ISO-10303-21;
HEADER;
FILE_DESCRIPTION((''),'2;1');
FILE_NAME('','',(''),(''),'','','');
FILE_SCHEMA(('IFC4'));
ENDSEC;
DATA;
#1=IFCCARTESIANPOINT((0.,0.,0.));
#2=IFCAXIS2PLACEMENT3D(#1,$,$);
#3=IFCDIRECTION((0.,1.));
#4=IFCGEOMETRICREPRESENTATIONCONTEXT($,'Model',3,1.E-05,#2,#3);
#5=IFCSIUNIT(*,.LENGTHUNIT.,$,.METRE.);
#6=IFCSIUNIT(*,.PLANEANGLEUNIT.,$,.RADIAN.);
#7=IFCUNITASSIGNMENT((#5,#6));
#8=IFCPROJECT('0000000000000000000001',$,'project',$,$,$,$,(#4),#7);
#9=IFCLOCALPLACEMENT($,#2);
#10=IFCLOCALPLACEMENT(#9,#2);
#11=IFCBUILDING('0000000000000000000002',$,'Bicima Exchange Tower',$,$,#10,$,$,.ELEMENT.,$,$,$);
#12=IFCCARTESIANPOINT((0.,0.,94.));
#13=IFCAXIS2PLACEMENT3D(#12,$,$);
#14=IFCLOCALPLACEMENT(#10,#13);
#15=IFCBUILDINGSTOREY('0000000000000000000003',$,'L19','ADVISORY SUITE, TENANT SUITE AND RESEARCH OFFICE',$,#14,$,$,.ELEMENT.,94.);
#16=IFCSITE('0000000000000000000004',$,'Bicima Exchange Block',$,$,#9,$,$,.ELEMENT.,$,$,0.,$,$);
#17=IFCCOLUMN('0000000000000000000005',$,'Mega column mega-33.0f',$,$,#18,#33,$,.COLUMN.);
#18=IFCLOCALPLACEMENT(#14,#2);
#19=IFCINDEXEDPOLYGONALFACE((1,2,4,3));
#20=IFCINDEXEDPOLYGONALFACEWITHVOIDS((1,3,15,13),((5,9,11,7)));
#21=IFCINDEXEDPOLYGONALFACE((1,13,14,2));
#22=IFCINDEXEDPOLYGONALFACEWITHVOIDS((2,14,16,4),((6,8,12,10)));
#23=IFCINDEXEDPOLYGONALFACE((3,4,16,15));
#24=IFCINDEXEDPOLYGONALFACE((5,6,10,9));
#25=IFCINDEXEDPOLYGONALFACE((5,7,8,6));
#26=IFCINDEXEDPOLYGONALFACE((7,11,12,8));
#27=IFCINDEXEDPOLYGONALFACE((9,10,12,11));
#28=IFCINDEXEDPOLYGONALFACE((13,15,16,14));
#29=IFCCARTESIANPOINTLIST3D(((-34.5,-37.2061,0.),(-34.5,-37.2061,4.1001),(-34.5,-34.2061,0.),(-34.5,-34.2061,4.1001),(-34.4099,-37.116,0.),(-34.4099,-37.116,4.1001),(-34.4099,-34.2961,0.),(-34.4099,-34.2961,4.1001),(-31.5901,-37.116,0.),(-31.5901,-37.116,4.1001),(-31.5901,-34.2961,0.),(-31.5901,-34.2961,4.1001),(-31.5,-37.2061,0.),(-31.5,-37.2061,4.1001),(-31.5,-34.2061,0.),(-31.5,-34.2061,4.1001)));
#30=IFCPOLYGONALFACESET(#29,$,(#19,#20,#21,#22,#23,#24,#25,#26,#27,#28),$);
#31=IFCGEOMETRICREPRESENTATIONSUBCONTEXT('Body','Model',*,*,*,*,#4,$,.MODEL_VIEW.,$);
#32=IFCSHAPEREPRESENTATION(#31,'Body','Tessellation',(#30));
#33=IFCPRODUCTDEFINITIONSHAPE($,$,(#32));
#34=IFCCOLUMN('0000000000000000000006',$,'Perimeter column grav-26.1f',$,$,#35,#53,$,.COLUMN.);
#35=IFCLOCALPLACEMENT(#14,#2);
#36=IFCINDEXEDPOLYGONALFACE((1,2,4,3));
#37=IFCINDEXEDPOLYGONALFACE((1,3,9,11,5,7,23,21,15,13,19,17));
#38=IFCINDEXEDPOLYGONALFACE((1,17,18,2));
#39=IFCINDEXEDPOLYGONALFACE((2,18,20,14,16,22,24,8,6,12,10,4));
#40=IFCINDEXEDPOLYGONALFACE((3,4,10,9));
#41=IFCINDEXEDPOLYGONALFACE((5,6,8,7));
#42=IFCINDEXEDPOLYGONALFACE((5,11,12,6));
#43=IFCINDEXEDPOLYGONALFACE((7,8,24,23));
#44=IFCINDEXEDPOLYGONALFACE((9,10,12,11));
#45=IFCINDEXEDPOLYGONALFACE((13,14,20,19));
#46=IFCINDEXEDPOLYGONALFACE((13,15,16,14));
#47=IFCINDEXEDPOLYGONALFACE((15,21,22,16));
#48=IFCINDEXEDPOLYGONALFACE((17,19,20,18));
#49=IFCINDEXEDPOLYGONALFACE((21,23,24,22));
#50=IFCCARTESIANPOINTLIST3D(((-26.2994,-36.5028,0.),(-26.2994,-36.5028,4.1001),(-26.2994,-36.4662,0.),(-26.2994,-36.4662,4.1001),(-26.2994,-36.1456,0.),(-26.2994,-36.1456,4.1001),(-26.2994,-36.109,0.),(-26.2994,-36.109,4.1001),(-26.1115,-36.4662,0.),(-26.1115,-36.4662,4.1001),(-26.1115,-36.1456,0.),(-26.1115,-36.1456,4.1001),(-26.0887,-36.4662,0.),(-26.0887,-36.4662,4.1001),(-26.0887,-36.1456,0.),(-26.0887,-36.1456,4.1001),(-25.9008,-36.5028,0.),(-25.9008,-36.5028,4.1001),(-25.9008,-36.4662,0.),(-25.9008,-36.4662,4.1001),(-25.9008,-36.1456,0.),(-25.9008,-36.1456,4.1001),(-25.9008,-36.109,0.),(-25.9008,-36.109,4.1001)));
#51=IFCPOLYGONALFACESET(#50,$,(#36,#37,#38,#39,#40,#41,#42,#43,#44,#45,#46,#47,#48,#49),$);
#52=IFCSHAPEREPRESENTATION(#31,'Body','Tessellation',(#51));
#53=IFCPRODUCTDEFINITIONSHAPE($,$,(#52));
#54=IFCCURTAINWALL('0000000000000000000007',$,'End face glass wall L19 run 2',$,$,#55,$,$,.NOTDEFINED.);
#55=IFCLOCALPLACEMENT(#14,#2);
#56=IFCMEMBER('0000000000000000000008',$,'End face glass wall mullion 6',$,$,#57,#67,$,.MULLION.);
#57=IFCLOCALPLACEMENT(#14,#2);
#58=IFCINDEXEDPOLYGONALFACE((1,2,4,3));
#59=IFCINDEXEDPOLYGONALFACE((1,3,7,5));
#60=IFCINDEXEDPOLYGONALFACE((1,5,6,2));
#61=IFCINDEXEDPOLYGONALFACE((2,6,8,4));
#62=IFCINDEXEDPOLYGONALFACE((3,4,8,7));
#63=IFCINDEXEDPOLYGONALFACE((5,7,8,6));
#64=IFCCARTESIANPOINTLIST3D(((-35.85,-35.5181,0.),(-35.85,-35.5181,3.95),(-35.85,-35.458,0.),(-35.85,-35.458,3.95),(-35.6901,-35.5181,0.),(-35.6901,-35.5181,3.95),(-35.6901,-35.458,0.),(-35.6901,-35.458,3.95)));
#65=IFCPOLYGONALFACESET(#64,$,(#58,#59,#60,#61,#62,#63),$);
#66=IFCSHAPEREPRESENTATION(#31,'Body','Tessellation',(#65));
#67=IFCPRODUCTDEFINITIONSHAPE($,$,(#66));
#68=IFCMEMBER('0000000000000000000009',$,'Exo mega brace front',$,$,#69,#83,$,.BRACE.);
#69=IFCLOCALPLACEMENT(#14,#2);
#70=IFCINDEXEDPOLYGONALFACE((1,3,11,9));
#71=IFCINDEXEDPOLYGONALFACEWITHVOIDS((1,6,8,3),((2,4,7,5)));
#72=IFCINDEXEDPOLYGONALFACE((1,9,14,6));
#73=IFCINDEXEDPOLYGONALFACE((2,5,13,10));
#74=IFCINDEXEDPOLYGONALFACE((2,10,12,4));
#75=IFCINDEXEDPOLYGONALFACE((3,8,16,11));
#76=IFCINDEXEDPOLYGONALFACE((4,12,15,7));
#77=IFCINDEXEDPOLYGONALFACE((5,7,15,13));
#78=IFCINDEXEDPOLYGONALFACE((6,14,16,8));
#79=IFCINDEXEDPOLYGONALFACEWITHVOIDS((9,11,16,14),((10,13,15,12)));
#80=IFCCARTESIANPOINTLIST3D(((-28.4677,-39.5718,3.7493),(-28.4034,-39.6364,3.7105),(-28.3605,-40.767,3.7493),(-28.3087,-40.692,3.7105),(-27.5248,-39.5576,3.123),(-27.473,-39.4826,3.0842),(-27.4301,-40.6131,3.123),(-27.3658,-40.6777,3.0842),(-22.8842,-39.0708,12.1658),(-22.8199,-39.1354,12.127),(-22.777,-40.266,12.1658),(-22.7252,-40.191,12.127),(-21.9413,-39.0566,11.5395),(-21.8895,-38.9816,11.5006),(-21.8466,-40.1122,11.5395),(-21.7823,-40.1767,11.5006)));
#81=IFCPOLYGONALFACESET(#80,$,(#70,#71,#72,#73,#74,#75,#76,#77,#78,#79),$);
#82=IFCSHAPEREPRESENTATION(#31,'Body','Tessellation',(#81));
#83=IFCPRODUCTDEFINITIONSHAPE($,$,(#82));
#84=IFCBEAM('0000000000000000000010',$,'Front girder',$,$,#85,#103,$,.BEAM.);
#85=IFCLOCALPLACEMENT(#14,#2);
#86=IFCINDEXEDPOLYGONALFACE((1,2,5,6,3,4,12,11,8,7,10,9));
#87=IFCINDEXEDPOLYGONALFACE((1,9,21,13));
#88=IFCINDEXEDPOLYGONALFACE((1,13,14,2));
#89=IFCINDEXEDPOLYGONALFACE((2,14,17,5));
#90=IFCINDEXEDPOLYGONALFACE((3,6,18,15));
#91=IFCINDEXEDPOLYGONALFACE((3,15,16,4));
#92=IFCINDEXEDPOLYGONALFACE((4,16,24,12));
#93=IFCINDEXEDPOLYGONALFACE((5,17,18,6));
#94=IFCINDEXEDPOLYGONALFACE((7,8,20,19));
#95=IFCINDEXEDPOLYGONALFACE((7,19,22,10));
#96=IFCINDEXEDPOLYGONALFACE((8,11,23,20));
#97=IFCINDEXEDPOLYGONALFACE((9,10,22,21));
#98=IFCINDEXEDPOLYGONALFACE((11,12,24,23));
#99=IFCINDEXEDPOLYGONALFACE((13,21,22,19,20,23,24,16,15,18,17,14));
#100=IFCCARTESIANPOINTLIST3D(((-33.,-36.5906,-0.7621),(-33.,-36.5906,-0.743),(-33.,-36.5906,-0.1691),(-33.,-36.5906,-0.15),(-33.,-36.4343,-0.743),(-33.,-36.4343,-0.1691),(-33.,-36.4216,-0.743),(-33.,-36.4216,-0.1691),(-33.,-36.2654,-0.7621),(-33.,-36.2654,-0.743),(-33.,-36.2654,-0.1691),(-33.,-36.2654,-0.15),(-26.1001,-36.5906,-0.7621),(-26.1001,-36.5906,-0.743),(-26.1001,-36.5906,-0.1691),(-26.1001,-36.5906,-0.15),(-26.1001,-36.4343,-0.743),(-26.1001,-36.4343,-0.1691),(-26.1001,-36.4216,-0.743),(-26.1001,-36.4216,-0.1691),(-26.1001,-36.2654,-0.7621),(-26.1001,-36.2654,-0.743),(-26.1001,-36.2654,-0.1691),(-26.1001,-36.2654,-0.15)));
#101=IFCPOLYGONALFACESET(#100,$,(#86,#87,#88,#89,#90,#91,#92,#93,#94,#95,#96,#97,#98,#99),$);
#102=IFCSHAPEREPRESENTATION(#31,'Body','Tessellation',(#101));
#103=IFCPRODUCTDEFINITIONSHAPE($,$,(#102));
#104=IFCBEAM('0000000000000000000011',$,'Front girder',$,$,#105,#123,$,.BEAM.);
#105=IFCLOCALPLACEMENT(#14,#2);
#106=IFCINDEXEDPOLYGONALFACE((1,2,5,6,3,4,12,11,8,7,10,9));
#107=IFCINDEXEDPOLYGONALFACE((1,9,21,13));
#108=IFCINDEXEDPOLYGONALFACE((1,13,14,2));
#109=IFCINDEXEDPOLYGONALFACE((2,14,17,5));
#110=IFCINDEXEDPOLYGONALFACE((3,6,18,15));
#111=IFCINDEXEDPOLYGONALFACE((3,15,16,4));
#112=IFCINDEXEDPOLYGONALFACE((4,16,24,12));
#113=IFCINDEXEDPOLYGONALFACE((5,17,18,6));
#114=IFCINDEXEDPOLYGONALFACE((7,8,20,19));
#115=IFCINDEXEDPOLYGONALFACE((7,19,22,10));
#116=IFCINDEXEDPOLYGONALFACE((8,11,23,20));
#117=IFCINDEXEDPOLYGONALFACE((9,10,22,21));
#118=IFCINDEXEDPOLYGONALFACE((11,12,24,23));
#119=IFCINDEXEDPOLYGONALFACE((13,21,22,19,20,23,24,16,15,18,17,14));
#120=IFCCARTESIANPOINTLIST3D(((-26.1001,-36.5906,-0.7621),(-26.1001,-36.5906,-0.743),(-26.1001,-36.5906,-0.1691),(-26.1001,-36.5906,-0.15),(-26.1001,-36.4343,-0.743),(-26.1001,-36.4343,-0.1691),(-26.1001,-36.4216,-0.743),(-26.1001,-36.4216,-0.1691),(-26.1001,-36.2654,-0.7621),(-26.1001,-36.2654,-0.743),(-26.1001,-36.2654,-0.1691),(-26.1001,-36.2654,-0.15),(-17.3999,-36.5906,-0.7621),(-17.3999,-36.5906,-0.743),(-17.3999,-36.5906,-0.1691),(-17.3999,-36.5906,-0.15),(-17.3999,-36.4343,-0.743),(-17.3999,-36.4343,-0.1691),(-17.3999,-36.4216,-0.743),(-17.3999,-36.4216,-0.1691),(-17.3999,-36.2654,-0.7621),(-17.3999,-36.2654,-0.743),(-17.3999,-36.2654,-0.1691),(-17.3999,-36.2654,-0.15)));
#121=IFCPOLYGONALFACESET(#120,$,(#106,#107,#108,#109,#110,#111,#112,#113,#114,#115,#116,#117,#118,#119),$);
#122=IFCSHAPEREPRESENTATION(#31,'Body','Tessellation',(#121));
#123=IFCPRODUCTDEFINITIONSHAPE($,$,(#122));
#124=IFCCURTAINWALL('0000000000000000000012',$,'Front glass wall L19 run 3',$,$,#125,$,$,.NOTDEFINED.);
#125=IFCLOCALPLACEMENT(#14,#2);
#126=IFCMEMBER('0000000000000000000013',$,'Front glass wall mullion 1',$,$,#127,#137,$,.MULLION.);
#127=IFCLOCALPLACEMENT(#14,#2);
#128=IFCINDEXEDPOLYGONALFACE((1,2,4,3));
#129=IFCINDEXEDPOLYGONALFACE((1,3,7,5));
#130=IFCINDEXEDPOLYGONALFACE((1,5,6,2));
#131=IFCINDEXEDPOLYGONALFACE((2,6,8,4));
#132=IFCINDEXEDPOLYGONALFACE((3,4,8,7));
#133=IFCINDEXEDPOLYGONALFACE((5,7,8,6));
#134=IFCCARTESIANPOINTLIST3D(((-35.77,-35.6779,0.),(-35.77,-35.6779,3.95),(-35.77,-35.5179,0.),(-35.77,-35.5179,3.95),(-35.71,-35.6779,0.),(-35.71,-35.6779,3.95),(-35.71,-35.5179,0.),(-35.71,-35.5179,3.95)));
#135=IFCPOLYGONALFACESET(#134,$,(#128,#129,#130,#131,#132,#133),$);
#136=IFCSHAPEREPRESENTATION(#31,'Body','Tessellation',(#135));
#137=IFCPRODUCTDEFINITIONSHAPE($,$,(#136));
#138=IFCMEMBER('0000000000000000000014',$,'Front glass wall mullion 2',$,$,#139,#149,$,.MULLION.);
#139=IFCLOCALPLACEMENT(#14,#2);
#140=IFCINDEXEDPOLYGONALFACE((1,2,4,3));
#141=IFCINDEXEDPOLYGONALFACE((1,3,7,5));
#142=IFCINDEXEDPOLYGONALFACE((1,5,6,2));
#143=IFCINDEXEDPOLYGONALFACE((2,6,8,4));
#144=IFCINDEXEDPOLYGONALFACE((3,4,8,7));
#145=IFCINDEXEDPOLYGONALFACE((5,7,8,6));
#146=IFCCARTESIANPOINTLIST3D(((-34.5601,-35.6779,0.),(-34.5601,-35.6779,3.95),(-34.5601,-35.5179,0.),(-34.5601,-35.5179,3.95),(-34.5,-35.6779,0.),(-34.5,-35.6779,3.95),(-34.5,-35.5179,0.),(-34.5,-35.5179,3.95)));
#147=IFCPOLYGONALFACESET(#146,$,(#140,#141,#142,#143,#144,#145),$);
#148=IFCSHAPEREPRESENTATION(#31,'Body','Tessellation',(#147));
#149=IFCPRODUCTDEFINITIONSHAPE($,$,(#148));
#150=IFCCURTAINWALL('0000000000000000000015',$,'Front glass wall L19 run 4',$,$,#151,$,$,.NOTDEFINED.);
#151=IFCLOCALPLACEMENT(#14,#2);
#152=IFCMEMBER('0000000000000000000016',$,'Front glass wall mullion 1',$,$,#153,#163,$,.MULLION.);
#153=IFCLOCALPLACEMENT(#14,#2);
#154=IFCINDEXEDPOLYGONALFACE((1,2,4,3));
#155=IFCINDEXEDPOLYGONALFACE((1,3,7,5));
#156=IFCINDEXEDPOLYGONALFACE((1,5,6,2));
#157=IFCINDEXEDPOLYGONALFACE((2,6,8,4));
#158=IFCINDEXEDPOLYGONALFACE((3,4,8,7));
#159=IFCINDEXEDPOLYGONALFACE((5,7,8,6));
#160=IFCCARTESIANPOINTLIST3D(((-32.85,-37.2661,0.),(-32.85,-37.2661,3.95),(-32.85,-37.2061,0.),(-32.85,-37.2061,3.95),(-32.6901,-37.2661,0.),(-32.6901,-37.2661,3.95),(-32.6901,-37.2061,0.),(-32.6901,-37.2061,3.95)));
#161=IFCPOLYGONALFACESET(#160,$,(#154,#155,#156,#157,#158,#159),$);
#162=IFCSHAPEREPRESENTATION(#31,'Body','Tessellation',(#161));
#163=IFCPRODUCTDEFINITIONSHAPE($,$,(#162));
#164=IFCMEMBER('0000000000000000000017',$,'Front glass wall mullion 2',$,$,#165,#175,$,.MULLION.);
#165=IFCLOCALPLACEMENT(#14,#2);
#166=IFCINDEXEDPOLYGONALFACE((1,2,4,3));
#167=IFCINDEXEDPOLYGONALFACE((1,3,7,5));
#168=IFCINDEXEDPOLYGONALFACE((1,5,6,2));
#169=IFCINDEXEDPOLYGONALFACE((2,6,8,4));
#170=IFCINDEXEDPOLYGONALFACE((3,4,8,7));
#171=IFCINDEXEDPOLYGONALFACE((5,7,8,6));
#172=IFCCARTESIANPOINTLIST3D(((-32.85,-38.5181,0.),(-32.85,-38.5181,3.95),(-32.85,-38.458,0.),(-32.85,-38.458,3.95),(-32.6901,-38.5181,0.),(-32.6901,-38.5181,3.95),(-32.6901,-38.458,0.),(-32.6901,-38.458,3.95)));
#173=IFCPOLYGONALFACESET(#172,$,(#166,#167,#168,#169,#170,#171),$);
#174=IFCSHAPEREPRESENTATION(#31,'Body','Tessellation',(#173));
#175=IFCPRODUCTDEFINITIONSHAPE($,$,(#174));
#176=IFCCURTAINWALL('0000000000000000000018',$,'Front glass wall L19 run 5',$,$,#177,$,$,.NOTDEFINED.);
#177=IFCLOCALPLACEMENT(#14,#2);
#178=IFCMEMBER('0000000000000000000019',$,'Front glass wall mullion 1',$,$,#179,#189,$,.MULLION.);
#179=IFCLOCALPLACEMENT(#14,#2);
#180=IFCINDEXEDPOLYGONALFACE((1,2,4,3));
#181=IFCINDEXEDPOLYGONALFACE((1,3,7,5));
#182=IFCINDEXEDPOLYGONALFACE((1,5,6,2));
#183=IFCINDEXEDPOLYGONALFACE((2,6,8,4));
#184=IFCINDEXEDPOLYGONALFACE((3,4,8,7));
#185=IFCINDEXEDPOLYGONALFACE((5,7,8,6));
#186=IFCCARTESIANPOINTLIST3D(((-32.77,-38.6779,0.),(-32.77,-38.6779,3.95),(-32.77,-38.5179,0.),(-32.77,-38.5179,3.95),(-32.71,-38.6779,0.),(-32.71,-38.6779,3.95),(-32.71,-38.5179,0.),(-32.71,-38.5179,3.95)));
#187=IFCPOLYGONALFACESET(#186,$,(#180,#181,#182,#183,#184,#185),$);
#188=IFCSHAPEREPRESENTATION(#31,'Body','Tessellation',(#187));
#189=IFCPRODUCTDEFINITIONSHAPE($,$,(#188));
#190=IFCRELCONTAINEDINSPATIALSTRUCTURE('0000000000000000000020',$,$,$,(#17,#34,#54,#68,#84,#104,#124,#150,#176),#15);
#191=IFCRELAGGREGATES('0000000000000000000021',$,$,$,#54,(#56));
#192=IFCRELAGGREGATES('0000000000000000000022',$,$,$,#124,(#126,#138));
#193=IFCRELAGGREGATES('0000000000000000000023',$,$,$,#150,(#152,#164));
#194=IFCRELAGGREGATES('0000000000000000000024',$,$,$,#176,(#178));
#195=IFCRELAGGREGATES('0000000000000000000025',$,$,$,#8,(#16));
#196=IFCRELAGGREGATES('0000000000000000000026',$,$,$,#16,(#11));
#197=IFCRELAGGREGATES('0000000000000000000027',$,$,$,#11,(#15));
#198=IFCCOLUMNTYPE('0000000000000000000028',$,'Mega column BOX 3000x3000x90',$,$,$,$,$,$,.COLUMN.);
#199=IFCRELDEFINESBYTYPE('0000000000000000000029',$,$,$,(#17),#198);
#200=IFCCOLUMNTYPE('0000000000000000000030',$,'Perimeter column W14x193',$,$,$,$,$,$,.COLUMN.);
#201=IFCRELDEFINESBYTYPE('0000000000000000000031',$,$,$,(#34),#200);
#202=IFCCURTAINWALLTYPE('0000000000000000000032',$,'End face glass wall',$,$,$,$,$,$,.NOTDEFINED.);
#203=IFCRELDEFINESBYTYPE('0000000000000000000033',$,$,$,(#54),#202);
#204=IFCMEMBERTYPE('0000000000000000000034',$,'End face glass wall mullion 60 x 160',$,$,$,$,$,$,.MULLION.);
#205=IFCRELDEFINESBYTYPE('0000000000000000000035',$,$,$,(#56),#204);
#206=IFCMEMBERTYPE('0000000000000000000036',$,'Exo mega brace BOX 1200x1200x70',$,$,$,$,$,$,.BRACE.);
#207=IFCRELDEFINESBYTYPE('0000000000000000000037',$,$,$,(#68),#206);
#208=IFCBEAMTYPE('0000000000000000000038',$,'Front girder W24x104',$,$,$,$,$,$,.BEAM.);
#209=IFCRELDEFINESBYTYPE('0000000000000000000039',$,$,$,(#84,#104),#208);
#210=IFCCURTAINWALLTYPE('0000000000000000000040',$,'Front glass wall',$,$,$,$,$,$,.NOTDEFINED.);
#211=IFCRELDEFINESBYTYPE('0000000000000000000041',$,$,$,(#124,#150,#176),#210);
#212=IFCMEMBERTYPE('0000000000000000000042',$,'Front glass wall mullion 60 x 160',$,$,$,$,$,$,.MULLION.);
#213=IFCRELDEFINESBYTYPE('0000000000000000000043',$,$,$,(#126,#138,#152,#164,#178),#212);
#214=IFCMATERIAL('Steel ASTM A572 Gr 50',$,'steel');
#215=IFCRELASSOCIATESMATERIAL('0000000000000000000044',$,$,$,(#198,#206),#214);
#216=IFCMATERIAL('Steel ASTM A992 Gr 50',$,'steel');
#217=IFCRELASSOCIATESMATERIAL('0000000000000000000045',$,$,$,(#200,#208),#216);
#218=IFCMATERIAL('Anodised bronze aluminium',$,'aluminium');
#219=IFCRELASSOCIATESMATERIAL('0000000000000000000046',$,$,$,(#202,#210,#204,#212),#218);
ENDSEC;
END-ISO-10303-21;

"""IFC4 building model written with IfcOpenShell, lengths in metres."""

from ifc_helpers import new_model, si_unit, direction, frame, origin, origin_2d, place, context, subcontext, project, spatial, rectangle, hollow_rectangle, i_section, extrude, material, material_profile, profile_set, type_object, element, aggregate, save


model = new_model("IFC4")

# Units and contexts
model_context = context("Model", 3, precision=1e-05, world=origin(), true_north=direction((0.0, 1.0)))
body_context = subcontext(model_context, "Body", "Model", "MODEL_VIEW")
ifc_project = project(units=[si_unit("LENGTHUNIT", "METRE"), si_unit("PLANEANGLEUNIT", "RADIAN")], contexts=[model_context])

# Site, building, storey
site_placement = place(None, origin())
site = spatial("IfcSite", under=ifc_project, at=site_placement, Name="Bicima Exchange Block", CompositionType="ELEMENT", RefElevation=0.0)
building_placement = place(site_placement, origin())
building = spatial("IfcBuilding", under=site, at=building_placement, Name="Bicima Exchange Tower", CompositionType="ELEMENT")
storey_placement = place(building_placement, frame((0.0, 0.0, 94.0)))
storey = spatial("IfcBuildingStorey", under=building, at=storey_placement, Name="L19", Description="ADVISORY SUITE, TENANT SUITE AND RESEARCH OFFICE", CompositionType="ELEMENT", Elevation=94.0)

# Columns
ifc_material_1 = material(Name="Steel ASTM A572 Gr 50", Category="steel")
ifc_material_profile_1 = material_profile(ifc_material_1, hollow_rectangle(XDim=3.0, YDim=3.0, WallThickness=0.0901, at=origin_2d()))
ifc_profile_set_1 = profile_set([ifc_material_profile_1], Name="Steel ASTM A572 Gr 50")
column_type_1 = type_object("IfcColumnType", Name="Mega column BOX 3000x3000x90", PredefinedType="COLUMN", material=ifc_profile_set_1)
column_1_placement = place(storey_placement, frame((-33.0, -35.7061, 0.0), z_axis=(0.0, 0.0, 1.0), x_axis=(1.0, 0.0, 0.0)))
element("IfcColumn", 1, at=column_1_placement, inside=storey, type_object=column_type_1, Name="Mega column mega-33.0f", PredefinedType="COLUMN", context=body_context, shape_type="SweptSolid", body=[
    extrude(hollow_rectangle(XDim=3.0, YDim=3.0, WallThickness=0.0901, at=origin_2d()), origin(), (0.0, 0.0, 1.0), 4.1001),
])
ifc_material_2 = material(Name="Steel ASTM A992 Gr 50", Category="steel")
ifc_material_profile_2 = material_profile(ifc_material_2, i_section(OverallWidth=0.3987, OverallDepth=0.3938, WebThickness=0.0227, FlangeThickness=0.0366, at=origin_2d()))
ifc_profile_set_2 = profile_set([ifc_material_profile_2], Name="Steel ASTM A992 Gr 50")
column_type_2 = type_object("IfcColumnType", Name="Perimeter column W14x193", PredefinedType="COLUMN", material=ifc_profile_set_2)
column_2_placement = place(storey_placement, frame((-26.1001, -36.3059, 0.0), z_axis=(0.0, 0.0, 1.0), x_axis=(1.0, 0.0, 0.0)))
element("IfcColumn", 2, at=column_2_placement, inside=storey, type_object=column_type_2, Name="Perimeter column grav-26.1f", PredefinedType="COLUMN", context=body_context, shape_type="SweptSolid", body=[
    extrude(i_section(OverallWidth=0.3987, OverallDepth=0.3938, WebThickness=0.0227, FlangeThickness=0.0366, at=origin_2d()), origin(), (0.0, 0.0, 1.0), 4.1001),
])

# Curtain wall, member
ifc_material_3 = material(Name="Anodised bronze aluminium", Category="aluminium")
curtain_wall_type_1 = type_object("IfcCurtainWallType", Name="End face glass wall", PredefinedType="NOTDEFINED", material=ifc_material_3)
curtain_wall_1_placement = place(storey_placement, origin())
curtain_wall_1 = element("IfcCurtainWall", 3, at=curtain_wall_1_placement, inside=storey, type_object=curtain_wall_type_1, Name="End face glass wall L19 run 2", PredefinedType="NOTDEFINED")
ifc_material_profile_3 = material_profile(ifc_material_3, rectangle(XDim=0.1599, YDim=0.0601, at=origin_2d()))
ifc_profile_set_3 = profile_set([ifc_material_profile_3], Name="Anodised bronze aluminium")
member_type_1 = type_object("IfcMemberType", Name="End face glass wall mullion 60 x 160", PredefinedType="MULLION", material=ifc_profile_set_3)
member_1_placement = place(storey_placement, frame((-35.77, -35.488, 0.0), z_axis=(0.0, 0.0, 1.0), x_axis=(1.0, 0.0, 0.0)))
member_1 = element("IfcMember", 4, at=member_1_placement, type_object=member_type_1, Name="End face glass wall mullion 6", PredefinedType="MULLION", context=body_context, shape_type="SweptSolid", body=[
    extrude(rectangle(XDim=0.1599, YDim=0.0601, at=origin_2d()), origin(), (0.0, 0.0, 1.0), 3.95),
])

# Member
ifc_material_profile_4 = material_profile(ifc_material_1, hollow_rectangle(XDim=1.2, YDim=1.2, WallThickness=0.0701, at=origin_2d()))
ifc_profile_set_4 = profile_set([ifc_material_profile_4], Name="Steel ASTM A572 Gr 50")
member_type_2 = type_object("IfcMemberType", Name="Exo mega brace BOX 1200x1200x70", PredefinedType="BRACE", material=ifc_profile_set_4)
member_2_placement = place(storey_placement, frame((-27.9167, -40.1248, 3.4167), z_axis=(0.552135, 0.04954, 0.832282), x_axis=(-0.089366, 0.995999, 0.0)))
element("IfcMember", 5, at=member_2_placement, inside=storey, type_object=member_type_2, Name="Exo mega brace front", PredefinedType="BRACE", context=body_context, shape_type="SweptSolid", body=[
    extrude(hollow_rectangle(XDim=1.2, YDim=1.2, WallThickness=0.0701, at=origin_2d()), origin(), (0.0, 0.0, 1.0), 10.1125),
])

# Beams
ifc_material_profile_5 = material_profile(ifc_material_2, i_section(OverallWidth=0.3252, OverallDepth=0.6121, WebThickness=0.0127, FlangeThickness=0.019, at=origin_2d()))
ifc_profile_set_5 = profile_set([ifc_material_profile_5], Name="Steel ASTM A992 Gr 50")
beam_type = type_object("IfcBeamType", Name="Front girder W24x104", PredefinedType="BEAM", material=ifc_profile_set_5)
beam_1_placement = place(storey_placement, frame((-33.0, -36.428, -0.4561), z_axis=(1.0, 0.0, 0.0), x_axis=(0.0, 1.0, 0.0)))
element("IfcBeam", 6, at=beam_1_placement, inside=storey, type_object=beam_type, Name="Front girder", PredefinedType="BEAM", context=body_context, shape_type="SweptSolid", body=[
    extrude(i_section(OverallWidth=0.3252, OverallDepth=0.6121, WebThickness=0.0127, FlangeThickness=0.019, at=origin_2d()), origin(), (0.0, 0.0, 1.0), 6.8999),
])
beam_2_placement = place(storey_placement, frame((-26.1001, -36.428, -0.4561), z_axis=(1.0, 0.0, 0.0), x_axis=(0.0, 1.0, 0.0)))
element("IfcBeam", 7, at=beam_2_placement, inside=storey, type_object=beam_type, Name="Front girder", PredefinedType="BEAM", context=body_context, shape_type="SweptSolid", body=[
    extrude(i_section(OverallWidth=0.3252, OverallDepth=0.6121, WebThickness=0.0127, FlangeThickness=0.019, at=origin_2d()), origin(), (0.0, 0.0, 1.0), 8.7002),
])

# Curtain walls, members
curtain_wall_type_2 = type_object("IfcCurtainWallType", Name="Front glass wall", PredefinedType="NOTDEFINED", material=ifc_material_3)
curtain_wall_2_placement = place(storey_placement, origin())
curtain_wall_2 = element("IfcCurtainWall", 8, at=curtain_wall_2_placement, inside=storey, type_object=curtain_wall_type_2, Name="Front glass wall L19 run 3", PredefinedType="NOTDEFINED")
member_type_3 = type_object("IfcMemberType", Name="Front glass wall mullion 60 x 160", PredefinedType="MULLION", material=ifc_profile_set_3)
member_3_placement = place(storey_placement, frame((-35.74, -35.5979, 0.0), z_axis=(0.0, 0.0, 1.0), x_axis=(0.0, 1.0, 0.0)))
member_3 = element("IfcMember", 9, at=member_3_placement, type_object=member_type_3, Name="Front glass wall mullion 1", PredefinedType="MULLION", context=body_context, shape_type="SweptSolid", body=[
    extrude(rectangle(XDim=0.1599, YDim=0.0601, at=origin_2d()), origin(), (0.0, 0.0, 1.0), 3.95),
])
member_4_placement = place(storey_placement, frame((-34.53, -35.5979, 0.0), z_axis=(0.0, 0.0, 1.0), x_axis=(0.0, 1.0, 0.0)))
member_4 = element("IfcMember", 10, at=member_4_placement, type_object=member_type_3, Name="Front glass wall mullion 2", PredefinedType="MULLION", context=body_context, shape_type="SweptSolid", body=[
    extrude(rectangle(XDim=0.1599, YDim=0.0601, at=origin_2d()), origin(), (0.0, 0.0, 1.0), 3.95),
])
curtain_wall_3_placement = place(storey_placement, origin())
curtain_wall_3 = element("IfcCurtainWall", 11, at=curtain_wall_3_placement, inside=storey, type_object=curtain_wall_type_2, Name="Front glass wall L19 run 4", PredefinedType="NOTDEFINED")
member_5_placement = place(storey_placement, frame((-32.77, -37.2361, 0.0), z_axis=(0.0, 0.0, 1.0), x_axis=(1.0, 0.0, 0.0)))
member_5 = element("IfcMember", 12, at=member_5_placement, type_object=member_type_3, Name="Front glass wall mullion 1", PredefinedType="MULLION", context=body_context, shape_type="SweptSolid", body=[
    extrude(rectangle(XDim=0.1599, YDim=0.0601, at=origin_2d()), origin(), (0.0, 0.0, 1.0), 3.95),
])
member_6_placement = place(storey_placement, frame((-32.77, -38.488, 0.0), z_axis=(0.0, 0.0, 1.0), x_axis=(1.0, 0.0, 0.0)))
member_6 = element("IfcMember", 13, at=member_6_placement, type_object=member_type_3, Name="Front glass wall mullion 2", PredefinedType="MULLION", context=body_context, shape_type="SweptSolid", body=[
    extrude(rectangle(XDim=0.1599, YDim=0.0601, at=origin_2d()), origin(), (0.0, 0.0, 1.0), 3.95),
])
curtain_wall_4_placement = place(storey_placement, origin())
curtain_wall_4 = element("IfcCurtainWall", 14, at=curtain_wall_4_placement, inside=storey, type_object=curtain_wall_type_2, Name="Front glass wall L19 run 5", PredefinedType="NOTDEFINED")
member_7_placement = place(storey_placement, frame((-32.74, -38.5979, 0.0), z_axis=(0.0, 0.0, 1.0), x_axis=(0.0, 1.0, 0.0)))
member_7 = element("IfcMember", 15, at=member_7_placement, type_object=member_type_3, Name="Front glass wall mullion 1", PredefinedType="MULLION", context=body_context, shape_type="SweptSolid", body=[
    extrude(rectangle(XDim=0.1599, YDim=0.0601, at=origin_2d()), origin(), (0.0, 0.0, 1.0), 3.95),
])

aggregate(curtain_wall_1, [member_1])
aggregate(curtain_wall_2, [member_3, member_4])
aggregate(curtain_wall_3, [member_5, member_6])
aggregate(curtain_wall_4, [member_7])

save(model, "model.ifc")
